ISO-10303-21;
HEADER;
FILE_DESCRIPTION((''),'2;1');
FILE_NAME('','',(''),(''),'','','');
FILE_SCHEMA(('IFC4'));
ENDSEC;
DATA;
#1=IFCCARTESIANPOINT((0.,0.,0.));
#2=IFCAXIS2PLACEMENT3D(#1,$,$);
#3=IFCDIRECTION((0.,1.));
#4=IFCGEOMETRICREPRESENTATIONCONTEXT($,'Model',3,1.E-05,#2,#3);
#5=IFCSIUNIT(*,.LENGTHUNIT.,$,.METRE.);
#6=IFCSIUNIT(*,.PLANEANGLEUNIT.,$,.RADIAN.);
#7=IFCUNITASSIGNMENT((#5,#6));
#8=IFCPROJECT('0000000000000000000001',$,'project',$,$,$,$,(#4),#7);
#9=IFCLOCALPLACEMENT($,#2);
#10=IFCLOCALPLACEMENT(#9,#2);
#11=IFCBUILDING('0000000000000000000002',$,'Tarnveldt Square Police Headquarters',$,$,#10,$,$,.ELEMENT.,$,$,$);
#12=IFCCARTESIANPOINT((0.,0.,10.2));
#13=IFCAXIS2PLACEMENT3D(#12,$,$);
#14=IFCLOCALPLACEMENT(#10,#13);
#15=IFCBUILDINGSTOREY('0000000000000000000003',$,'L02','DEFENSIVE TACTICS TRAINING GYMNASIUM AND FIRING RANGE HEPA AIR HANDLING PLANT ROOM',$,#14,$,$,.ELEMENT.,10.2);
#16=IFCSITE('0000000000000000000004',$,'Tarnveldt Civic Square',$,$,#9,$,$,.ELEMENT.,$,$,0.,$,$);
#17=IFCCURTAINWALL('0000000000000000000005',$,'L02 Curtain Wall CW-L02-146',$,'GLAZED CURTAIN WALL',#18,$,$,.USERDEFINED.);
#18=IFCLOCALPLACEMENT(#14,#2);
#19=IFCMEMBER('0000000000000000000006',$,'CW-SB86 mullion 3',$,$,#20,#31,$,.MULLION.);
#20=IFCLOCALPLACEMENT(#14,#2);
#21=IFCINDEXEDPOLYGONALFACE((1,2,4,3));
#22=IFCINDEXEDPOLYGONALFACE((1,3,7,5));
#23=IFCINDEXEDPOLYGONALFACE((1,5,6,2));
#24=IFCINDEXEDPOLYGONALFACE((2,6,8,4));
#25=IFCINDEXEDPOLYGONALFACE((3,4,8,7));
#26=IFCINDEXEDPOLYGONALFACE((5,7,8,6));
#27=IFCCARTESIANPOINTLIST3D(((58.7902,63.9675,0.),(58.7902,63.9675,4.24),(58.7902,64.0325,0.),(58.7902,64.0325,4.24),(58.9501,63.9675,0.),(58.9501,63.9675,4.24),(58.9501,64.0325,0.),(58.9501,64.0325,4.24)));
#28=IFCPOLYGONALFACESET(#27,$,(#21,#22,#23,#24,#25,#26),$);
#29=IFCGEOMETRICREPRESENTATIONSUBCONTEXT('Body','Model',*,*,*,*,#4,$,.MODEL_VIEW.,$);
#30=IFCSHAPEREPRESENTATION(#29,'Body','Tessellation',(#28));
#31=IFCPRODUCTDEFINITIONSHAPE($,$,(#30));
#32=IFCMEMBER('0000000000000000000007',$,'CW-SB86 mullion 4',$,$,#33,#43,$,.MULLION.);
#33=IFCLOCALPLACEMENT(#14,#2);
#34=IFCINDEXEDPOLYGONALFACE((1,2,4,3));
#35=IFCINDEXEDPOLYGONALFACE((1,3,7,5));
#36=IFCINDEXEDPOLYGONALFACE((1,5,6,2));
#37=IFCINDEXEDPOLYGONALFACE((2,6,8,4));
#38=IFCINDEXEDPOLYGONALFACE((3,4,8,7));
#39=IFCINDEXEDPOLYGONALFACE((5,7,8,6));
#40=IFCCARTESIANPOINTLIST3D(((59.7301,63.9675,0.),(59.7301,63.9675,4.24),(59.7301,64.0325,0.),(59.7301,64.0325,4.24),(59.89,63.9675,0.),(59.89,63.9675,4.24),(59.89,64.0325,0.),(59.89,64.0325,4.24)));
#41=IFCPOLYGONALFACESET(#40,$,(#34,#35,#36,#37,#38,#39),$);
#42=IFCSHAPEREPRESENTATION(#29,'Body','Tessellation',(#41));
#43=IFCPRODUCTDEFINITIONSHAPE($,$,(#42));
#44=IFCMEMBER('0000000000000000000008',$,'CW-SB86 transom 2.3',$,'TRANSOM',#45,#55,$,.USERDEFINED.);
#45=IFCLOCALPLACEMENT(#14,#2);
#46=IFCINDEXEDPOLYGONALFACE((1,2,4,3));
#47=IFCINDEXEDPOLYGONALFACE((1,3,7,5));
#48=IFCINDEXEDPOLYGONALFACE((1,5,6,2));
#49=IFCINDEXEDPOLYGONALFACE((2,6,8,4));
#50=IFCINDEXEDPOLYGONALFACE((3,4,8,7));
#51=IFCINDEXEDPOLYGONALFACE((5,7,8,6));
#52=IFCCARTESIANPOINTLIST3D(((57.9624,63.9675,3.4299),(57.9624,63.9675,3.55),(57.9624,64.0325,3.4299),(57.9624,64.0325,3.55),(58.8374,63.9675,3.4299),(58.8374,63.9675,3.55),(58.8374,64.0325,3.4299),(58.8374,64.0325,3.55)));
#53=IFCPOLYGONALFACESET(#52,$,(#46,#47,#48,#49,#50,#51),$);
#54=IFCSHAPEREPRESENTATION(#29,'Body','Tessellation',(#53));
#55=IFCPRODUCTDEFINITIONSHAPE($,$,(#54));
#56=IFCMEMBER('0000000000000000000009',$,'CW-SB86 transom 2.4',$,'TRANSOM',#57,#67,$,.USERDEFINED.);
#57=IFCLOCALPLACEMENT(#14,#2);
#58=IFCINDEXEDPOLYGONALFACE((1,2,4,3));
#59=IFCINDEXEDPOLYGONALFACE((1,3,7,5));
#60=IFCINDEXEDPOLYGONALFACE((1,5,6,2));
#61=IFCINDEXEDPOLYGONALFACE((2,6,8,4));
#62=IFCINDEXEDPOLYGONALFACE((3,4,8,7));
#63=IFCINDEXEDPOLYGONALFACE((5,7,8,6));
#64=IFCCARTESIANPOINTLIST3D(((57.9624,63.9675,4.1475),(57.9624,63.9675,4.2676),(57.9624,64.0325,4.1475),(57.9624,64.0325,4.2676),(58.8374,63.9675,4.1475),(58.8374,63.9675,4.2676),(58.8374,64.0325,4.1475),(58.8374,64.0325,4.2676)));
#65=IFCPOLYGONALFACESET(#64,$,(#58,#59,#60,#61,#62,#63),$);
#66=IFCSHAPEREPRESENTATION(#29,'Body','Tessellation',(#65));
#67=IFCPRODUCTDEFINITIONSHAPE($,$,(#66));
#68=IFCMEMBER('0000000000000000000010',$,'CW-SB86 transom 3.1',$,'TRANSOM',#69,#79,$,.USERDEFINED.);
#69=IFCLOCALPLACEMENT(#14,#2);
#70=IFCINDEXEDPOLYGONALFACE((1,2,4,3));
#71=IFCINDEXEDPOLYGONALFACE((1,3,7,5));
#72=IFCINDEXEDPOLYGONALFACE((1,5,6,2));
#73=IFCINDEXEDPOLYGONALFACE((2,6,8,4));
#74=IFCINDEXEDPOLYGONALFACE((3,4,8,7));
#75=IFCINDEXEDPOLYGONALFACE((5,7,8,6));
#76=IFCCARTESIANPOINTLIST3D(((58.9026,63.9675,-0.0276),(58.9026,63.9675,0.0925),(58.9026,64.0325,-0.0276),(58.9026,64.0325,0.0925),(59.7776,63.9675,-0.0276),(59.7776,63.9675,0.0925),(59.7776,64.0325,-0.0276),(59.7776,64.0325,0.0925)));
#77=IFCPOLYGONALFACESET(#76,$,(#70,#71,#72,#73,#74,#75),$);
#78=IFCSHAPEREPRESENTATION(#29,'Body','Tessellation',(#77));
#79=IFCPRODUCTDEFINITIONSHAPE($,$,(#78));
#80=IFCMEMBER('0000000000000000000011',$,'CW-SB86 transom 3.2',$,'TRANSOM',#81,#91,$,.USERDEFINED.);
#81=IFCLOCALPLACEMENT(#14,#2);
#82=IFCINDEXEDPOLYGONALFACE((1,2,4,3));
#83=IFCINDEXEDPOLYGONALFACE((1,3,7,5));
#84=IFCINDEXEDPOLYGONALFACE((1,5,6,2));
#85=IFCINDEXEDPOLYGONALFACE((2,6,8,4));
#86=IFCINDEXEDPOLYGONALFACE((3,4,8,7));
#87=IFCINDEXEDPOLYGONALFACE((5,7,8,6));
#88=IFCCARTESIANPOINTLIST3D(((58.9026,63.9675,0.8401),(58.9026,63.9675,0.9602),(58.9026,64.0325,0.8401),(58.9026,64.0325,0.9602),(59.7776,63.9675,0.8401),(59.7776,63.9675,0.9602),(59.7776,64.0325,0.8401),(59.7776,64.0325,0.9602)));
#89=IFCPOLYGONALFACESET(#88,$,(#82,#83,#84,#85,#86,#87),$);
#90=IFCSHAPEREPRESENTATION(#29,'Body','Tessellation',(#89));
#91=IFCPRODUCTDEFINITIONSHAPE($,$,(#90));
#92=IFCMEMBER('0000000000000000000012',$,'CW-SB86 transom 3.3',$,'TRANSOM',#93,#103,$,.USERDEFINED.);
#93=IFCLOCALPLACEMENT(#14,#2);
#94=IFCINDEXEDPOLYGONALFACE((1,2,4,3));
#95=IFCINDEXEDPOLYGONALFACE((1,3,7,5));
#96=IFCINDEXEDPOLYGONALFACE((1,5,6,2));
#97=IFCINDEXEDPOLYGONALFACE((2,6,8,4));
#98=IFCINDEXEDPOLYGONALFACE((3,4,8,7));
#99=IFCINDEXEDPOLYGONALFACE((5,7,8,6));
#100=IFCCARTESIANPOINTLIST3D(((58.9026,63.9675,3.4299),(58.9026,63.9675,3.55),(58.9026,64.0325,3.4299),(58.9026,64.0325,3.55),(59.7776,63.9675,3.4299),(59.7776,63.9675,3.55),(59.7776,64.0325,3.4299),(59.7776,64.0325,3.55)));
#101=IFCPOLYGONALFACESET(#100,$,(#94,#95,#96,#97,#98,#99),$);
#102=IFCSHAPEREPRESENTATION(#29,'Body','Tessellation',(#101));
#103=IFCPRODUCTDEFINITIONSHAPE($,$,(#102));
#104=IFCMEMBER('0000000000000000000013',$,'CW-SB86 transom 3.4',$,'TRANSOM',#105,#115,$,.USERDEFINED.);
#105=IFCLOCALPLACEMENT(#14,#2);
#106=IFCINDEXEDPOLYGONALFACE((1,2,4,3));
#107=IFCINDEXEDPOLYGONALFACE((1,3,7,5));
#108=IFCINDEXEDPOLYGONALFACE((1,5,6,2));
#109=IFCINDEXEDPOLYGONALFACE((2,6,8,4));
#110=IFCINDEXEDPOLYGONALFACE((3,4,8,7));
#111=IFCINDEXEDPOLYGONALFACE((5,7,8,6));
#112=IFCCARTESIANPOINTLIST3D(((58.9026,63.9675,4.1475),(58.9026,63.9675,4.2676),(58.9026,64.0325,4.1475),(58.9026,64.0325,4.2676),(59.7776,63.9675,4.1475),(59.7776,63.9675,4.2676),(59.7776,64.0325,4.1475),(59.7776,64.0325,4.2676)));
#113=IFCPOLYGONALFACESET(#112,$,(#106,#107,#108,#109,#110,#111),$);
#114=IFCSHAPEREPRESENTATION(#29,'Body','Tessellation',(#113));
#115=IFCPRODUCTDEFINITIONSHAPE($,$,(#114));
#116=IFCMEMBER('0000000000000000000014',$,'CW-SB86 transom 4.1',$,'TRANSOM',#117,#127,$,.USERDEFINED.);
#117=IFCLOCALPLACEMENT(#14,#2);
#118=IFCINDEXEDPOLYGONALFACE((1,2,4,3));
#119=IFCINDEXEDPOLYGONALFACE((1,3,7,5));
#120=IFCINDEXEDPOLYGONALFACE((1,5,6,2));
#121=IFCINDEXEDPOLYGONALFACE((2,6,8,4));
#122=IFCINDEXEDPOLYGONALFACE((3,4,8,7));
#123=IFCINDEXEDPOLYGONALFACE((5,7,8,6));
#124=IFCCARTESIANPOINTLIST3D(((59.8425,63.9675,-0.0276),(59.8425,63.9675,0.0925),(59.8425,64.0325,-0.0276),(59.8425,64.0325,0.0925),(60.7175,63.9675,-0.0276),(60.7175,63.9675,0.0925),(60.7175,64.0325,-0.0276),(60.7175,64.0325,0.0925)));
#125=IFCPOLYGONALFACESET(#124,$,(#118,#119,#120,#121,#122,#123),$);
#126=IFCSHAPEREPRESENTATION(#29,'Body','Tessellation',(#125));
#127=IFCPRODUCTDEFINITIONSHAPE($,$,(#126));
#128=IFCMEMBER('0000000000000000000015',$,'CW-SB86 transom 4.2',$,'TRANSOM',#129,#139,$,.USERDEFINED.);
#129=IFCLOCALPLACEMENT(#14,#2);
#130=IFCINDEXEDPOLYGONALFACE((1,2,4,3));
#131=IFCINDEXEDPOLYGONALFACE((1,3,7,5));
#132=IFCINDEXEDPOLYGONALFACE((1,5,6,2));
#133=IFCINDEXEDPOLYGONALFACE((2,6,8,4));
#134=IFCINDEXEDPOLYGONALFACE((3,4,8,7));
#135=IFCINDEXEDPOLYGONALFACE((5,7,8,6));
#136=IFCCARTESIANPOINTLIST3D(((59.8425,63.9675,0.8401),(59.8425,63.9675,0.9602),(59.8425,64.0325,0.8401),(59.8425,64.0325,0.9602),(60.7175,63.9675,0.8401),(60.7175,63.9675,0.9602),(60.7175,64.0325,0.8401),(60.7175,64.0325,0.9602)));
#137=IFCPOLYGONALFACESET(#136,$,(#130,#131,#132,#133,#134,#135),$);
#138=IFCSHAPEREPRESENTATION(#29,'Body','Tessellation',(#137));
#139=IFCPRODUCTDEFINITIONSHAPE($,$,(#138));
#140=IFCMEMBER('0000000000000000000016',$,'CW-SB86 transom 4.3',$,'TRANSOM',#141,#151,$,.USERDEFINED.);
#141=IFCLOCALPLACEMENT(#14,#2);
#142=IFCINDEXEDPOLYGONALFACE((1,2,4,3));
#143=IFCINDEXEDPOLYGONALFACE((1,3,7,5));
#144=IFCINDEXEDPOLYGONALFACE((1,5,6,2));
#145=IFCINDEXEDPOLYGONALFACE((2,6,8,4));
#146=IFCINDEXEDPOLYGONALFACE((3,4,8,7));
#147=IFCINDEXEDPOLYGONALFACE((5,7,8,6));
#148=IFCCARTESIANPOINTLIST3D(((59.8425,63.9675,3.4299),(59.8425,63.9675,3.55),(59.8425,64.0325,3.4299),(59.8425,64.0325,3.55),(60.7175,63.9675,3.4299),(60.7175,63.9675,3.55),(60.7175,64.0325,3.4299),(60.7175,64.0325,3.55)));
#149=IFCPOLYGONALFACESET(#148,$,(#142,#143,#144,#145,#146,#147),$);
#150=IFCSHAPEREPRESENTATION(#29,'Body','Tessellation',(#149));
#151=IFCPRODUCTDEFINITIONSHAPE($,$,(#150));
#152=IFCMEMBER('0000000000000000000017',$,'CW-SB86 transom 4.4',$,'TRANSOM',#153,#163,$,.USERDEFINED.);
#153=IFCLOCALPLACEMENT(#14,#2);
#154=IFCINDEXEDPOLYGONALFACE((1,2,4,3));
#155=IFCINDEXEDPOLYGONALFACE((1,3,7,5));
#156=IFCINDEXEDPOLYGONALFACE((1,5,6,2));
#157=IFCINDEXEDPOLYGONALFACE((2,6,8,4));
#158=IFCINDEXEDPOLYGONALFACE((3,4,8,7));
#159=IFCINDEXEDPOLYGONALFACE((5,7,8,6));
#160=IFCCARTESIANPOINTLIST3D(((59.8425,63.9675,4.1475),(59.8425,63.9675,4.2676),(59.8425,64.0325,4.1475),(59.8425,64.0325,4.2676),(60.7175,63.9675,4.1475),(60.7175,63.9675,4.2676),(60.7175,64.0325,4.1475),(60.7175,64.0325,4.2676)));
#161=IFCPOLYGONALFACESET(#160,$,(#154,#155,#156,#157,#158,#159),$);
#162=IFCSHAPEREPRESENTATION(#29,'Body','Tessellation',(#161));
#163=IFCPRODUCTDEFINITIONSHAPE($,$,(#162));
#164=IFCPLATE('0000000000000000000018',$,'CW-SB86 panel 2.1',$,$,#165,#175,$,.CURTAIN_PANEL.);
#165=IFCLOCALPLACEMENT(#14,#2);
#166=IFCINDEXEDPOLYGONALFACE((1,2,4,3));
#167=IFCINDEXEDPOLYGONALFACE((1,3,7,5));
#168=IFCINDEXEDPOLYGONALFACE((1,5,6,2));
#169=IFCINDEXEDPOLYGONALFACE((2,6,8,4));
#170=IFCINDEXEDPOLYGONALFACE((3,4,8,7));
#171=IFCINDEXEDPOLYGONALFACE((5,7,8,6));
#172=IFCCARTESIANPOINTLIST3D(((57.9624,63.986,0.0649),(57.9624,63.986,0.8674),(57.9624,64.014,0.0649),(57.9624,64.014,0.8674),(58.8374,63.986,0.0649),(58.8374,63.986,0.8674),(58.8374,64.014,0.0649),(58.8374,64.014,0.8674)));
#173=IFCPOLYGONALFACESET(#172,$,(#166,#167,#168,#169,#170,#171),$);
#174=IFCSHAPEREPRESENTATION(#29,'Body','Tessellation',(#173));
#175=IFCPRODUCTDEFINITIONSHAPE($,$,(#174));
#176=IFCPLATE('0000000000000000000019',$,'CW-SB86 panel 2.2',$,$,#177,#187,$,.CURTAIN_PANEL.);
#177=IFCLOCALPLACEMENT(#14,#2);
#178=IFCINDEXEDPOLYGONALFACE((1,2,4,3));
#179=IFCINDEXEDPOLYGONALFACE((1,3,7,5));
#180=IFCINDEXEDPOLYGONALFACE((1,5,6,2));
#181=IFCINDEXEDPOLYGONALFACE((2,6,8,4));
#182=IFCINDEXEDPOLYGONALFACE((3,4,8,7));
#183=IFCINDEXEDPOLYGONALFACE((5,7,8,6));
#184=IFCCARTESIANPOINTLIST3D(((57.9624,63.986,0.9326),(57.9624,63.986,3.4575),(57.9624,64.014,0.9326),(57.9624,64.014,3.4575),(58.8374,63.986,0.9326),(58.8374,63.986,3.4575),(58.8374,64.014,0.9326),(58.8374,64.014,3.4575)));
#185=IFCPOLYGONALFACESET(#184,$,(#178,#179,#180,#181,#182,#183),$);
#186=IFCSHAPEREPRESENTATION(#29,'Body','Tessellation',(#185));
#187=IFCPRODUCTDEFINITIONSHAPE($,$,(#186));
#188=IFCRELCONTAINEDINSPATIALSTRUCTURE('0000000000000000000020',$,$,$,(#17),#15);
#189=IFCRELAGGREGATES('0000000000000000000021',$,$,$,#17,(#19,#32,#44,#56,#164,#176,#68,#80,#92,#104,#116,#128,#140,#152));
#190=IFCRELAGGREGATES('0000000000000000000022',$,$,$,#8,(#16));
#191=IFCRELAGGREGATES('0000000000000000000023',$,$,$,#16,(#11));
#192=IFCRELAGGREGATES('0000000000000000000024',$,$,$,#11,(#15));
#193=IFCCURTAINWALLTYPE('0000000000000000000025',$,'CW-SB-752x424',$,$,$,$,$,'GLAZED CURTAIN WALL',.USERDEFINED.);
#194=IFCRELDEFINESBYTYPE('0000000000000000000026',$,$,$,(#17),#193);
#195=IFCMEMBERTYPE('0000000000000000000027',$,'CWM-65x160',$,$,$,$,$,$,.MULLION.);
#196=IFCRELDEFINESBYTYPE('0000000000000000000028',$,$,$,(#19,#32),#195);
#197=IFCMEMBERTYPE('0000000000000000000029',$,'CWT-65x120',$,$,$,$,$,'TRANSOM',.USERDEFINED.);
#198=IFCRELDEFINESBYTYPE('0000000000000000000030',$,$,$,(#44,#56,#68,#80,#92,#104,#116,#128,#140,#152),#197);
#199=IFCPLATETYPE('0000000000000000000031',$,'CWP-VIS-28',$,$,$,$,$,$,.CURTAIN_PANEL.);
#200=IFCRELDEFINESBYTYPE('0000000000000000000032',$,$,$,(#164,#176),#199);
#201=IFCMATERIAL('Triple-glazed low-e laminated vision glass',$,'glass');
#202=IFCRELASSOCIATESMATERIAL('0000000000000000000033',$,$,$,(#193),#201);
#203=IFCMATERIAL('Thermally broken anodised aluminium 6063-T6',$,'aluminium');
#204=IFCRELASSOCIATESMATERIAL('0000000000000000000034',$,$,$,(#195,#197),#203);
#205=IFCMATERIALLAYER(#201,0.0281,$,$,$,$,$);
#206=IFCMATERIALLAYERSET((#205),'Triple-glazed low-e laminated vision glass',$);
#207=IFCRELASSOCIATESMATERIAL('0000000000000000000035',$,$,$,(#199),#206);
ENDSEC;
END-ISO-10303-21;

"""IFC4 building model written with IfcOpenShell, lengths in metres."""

from ifc_helpers import new_model, si_unit, direction, frame, origin, origin_2d, place, context, subcontext, project, spatial, rectangle, extrude, material, layer, layer_set, material_profile, profile_set, type_object, element, aggregate, save


model = new_model("IFC4")

# Units and contexts
model_context = context("Model", 3, precision=1e-05, world=origin(), true_north=direction((0.0, 1.0)))
body_context = subcontext(model_context, "Body", "Model", "MODEL_VIEW")
ifc_project = project(units=[si_unit("LENGTHUNIT", "METRE"), si_unit("PLANEANGLEUNIT", "RADIAN")], contexts=[model_context])

# Site, building, storey
site_placement = place(None, origin())
site = spatial("IfcSite", under=ifc_project, at=site_placement, Name="Tarnveldt Civic Square", CompositionType="ELEMENT", RefElevation=0.0)
building_placement = place(site_placement, origin())
building = spatial("IfcBuilding", under=site, at=building_placement, Name="Tarnveldt Square Police Headquarters", CompositionType="ELEMENT")
storey_placement = place(building_placement, frame((0.0, 0.0, 10.2)))
storey = spatial("IfcBuildingStorey", under=building, at=storey_placement, Name="L02", Description="DEFENSIVE TACTICS TRAINING GYMNASIUM AND FIRING RANGE HEPA AIR HANDLING PLANT ROOM", CompositionType="ELEMENT", Elevation=10.2)

# Curtain wall, members, plates
ifc_material_1 = material(Name="Triple-glazed low-e laminated vision glass", Category="glass")
curtain_wall_type = type_object("IfcCurtainWallType", Name="CW-SB-752x424", ElementType="GLAZED CURTAIN WALL", PredefinedType="USERDEFINED", material=ifc_material_1)
curtain_wall_placement = place(storey_placement, origin())
curtain_wall = element("IfcCurtainWall", 1, at=curtain_wall_placement, inside=storey, type_object=curtain_wall_type, Name="L02 Curtain Wall CW-L02-146", ObjectType="GLAZED CURTAIN WALL", PredefinedType="USERDEFINED")
ifc_material_2 = material(Name="Thermally broken anodised aluminium 6063-T6", Category="aluminium")
ifc_material_profile_1 = material_profile(ifc_material_2, rectangle(XDim=0.0649, YDim=0.1599, at=origin_2d()), Name="CW-M65x160")
ifc_profile_set_1 = profile_set([ifc_material_profile_1], Name="Thermally broken anodised aluminium 6063-T6")
member_type_1 = type_object("IfcMemberType", Name="CWM-65x160", PredefinedType="MULLION", material=ifc_profile_set_1)
member_1_placement = place(storey_placement, frame((58.8701, 64.0, 0.0), z_axis=(0.0, 0.0, 1.0), x_axis=(0.0, 1.0, 0.0)))
member_1 = element("IfcMember", 2, at=member_1_placement, type_object=member_type_1, Name="CW-SB86 mullion 3", PredefinedType="MULLION", context=body_context, shape_type="SweptSolid", body=[
    extrude(rectangle(XDim=0.0649, YDim=0.1599, at=origin_2d()), origin(), (0.0, 0.0, 1.0), 4.24),
])
member_2_placement = place(storey_placement, frame((59.8101, 64.0, 0.0), z_axis=(0.0, 0.0, 1.0), x_axis=(0.0, 1.0, 0.0)))
member_2 = element("IfcMember", 3, at=member_2_placement, type_object=member_type_1, Name="CW-SB86 mullion 4", PredefinedType="MULLION", context=body_context, shape_type="SweptSolid", body=[
    extrude(rectangle(XDim=0.0649, YDim=0.1599, at=origin_2d()), origin(), (0.0, 0.0, 1.0), 4.24),
])
ifc_material_profile_2 = material_profile(ifc_material_2, rectangle(XDim=0.0649, YDim=0.1201, at=origin_2d()), Name="CW-T65x120")
ifc_profile_set_2 = profile_set([ifc_material_profile_2], Name="Thermally broken anodised aluminium 6063-T6")
member_type_2 = type_object("IfcMemberType", Name="CWT-65x120", ElementType="TRANSOM", PredefinedType="USERDEFINED", material=ifc_profile_set_2)
member_3_placement = place(storey_placement, frame((57.9624, 64.0, 3.49), z_axis=(1.0, 0.0, 0.0), x_axis=(0.0, 1.0, 0.0)))
member_3 = element("IfcMember", 4, at=member_3_placement, type_object=member_type_2, Name="CW-SB86 transom 2.3", ObjectType="TRANSOM", PredefinedType="USERDEFINED", context=body_context, shape_type="SweptSolid", body=[
    extrude(rectangle(XDim=0.0649, YDim=0.1201, at=origin_2d()), origin(), (0.0, 0.0, 1.0), 0.875),
])
member_4_placement = place(storey_placement, frame((57.9624, 64.0, 4.2075), z_axis=(1.0, 0.0, 0.0), x_axis=(0.0, 1.0, 0.0)))
member_4 = element("IfcMember", 5, at=member_4_placement, type_object=member_type_2, Name="CW-SB86 transom 2.4", ObjectType="TRANSOM", PredefinedType="USERDEFINED", context=body_context, shape_type="SweptSolid", body=[
    extrude(rectangle(XDim=0.0649, YDim=0.1201, at=origin_2d()), origin(), (0.0, 0.0, 1.0), 0.875),
])
member_5_placement = place(storey_placement, frame((58.9026, 64.0, 0.0325), z_axis=(1.0, 0.0, 0.0), x_axis=(0.0, 1.0, 0.0)))
member_5 = element("IfcMember", 6, at=member_5_placement, type_object=member_type_2, Name="CW-SB86 transom 3.1", ObjectType="TRANSOM", PredefinedType="USERDEFINED", context=body_context, shape_type="SweptSolid", body=[
    extrude(rectangle(XDim=0.0649, YDim=0.1201, at=origin_2d()), origin(), (0.0, 0.0, 1.0), 0.875),
])
member_6_placement = place(storey_placement, frame((58.9026, 64.0, 0.9001), z_axis=(1.0, 0.0, 0.0), x_axis=(0.0, 1.0, 0.0)))
member_6 = element("IfcMember", 7, at=member_6_placement, type_object=member_type_2, Name="CW-SB86 transom 3.2", ObjectType="TRANSOM", PredefinedType="USERDEFINED", context=body_context, shape_type="SweptSolid", body=[
    extrude(rectangle(XDim=0.0649, YDim=0.1201, at=origin_2d()), origin(), (0.0, 0.0, 1.0), 0.875),
])
member_7_placement = place(storey_placement, frame((58.9026, 64.0, 3.49), z_axis=(1.0, 0.0, 0.0), x_axis=(0.0, 1.0, 0.0)))
member_7 = element("IfcMember", 8, at=member_7_placement, type_object=member_type_2, Name="CW-SB86 transom 3.3", ObjectType="TRANSOM", PredefinedType="USERDEFINED", context=body_context, shape_type="SweptSolid", body=[
    extrude(rectangle(XDim=0.0649, YDim=0.1201, at=origin_2d()), origin(), (0.0, 0.0, 1.0), 0.875),
])
member_8_placement = place(storey_placement, frame((58.9026, 64.0, 4.2075), z_axis=(1.0, 0.0, 0.0), x_axis=(0.0, 1.0, 0.0)))
member_8 = element("IfcMember", 9, at=member_8_placement, type_object=member_type_2, Name="CW-SB86 transom 3.4", ObjectType="TRANSOM", PredefinedType="USERDEFINED", context=body_context, shape_type="SweptSolid", body=[
    extrude(rectangle(XDim=0.0649, YDim=0.1201, at=origin_2d()), origin(), (0.0, 0.0, 1.0), 0.875),
])
member_9_placement = place(storey_placement, frame((59.8425, 64.0, 0.0325), z_axis=(1.0, 0.0, 0.0), x_axis=(0.0, 1.0, 0.0)))
member_9 = element("IfcMember", 10, at=member_9_placement, type_object=member_type_2, Name="CW-SB86 transom 4.1", ObjectType="TRANSOM", PredefinedType="USERDEFINED", context=body_context, shape_type="SweptSolid", body=[
    extrude(rectangle(XDim=0.0649, YDim=0.1201, at=origin_2d()), origin(), (0.0, 0.0, 1.0), 0.875),
])
member_10_placement = place(storey_placement, frame((59.8425, 64.0, 0.9001), z_axis=(1.0, 0.0, 0.0), x_axis=(0.0, 1.0, 0.0)))
member_10 = element("IfcMember", 11, at=member_10_placement, type_object=member_type_2, Name="CW-SB86 transom 4.2", ObjectType="TRANSOM", PredefinedType="USERDEFINED", context=body_context, shape_type="SweptSolid", body=[
    extrude(rectangle(XDim=0.0649, YDim=0.1201, at=origin_2d()), origin(), (0.0, 0.0, 1.0), 0.875),
])
member_11_placement = place(storey_placement, frame((59.8425, 64.0, 3.49), z_axis=(1.0, 0.0, 0.0), x_axis=(0.0, 1.0, 0.0)))
member_11 = element("IfcMember", 12, at=member_11_placement, type_object=member_type_2, Name="CW-SB86 transom 4.3", ObjectType="TRANSOM", PredefinedType="USERDEFINED", context=body_context, shape_type="SweptSolid", body=[
    extrude(rectangle(XDim=0.0649, YDim=0.1201, at=origin_2d()), origin(), (0.0, 0.0, 1.0), 0.875),
])
member_12_placement = place(storey_placement, frame((59.8425, 64.0, 4.2075), z_axis=(1.0, 0.0, 0.0), x_axis=(0.0, 1.0, 0.0)))
member_12 = element("IfcMember", 13, at=member_12_placement, type_object=member_type_2, Name="CW-SB86 transom 4.4", ObjectType="TRANSOM", PredefinedType="USERDEFINED", context=body_context, shape_type="SweptSolid", body=[
    extrude(rectangle(XDim=0.0649, YDim=0.1201, at=origin_2d()), origin(), (0.0, 0.0, 1.0), 0.875),
])
ifc_layer = layer(ifc_material_1, 0.0281)
ifc_layer_set = layer_set([ifc_layer], Name="Triple-glazed low-e laminated vision glass")
plate_type = type_object("IfcPlateType", Name="CWP-VIS-28", PredefinedType="CURTAIN_PANEL", material=ifc_layer_set)
plate_1_placement = place(storey_placement, frame((58.3999, 64.0, 0.0649), z_axis=(0.0, 0.0, 1.0), x_axis=(1.0, 0.0, 0.0)))
plate_1 = element("IfcPlate", 14, at=plate_1_placement, type_object=plate_type, Name="CW-SB86 panel 2.1", PredefinedType="CURTAIN_PANEL", context=body_context, shape_type="SweptSolid", body=[
    extrude(rectangle(XDim=0.875, YDim=0.0281, at=origin_2d()), origin(), (0.0, 0.0, 1.0), 0.8025),
])
plate_2_placement = place(storey_placement, frame((58.3999, 64.0, 0.9326), z_axis=(0.0, 0.0, 1.0), x_axis=(1.0, 0.0, 0.0)))
plate_2 = element("IfcPlate", 15, at=plate_2_placement, type_object=plate_type, Name="CW-SB86 panel 2.2", PredefinedType="CURTAIN_PANEL", context=body_context, shape_type="SweptSolid", body=[
    extrude(rectangle(XDim=0.875, YDim=0.0281, at=origin_2d()), origin(), (0.0, 0.0, 1.0), 2.5249),
])
aggregate(curtain_wall, [member_1, member_2, member_3, member_4, plate_1, plate_2, member_5, member_6, member_7, member_8, member_9, member_10, member_11, member_12])

save(model, "model.ifc")
